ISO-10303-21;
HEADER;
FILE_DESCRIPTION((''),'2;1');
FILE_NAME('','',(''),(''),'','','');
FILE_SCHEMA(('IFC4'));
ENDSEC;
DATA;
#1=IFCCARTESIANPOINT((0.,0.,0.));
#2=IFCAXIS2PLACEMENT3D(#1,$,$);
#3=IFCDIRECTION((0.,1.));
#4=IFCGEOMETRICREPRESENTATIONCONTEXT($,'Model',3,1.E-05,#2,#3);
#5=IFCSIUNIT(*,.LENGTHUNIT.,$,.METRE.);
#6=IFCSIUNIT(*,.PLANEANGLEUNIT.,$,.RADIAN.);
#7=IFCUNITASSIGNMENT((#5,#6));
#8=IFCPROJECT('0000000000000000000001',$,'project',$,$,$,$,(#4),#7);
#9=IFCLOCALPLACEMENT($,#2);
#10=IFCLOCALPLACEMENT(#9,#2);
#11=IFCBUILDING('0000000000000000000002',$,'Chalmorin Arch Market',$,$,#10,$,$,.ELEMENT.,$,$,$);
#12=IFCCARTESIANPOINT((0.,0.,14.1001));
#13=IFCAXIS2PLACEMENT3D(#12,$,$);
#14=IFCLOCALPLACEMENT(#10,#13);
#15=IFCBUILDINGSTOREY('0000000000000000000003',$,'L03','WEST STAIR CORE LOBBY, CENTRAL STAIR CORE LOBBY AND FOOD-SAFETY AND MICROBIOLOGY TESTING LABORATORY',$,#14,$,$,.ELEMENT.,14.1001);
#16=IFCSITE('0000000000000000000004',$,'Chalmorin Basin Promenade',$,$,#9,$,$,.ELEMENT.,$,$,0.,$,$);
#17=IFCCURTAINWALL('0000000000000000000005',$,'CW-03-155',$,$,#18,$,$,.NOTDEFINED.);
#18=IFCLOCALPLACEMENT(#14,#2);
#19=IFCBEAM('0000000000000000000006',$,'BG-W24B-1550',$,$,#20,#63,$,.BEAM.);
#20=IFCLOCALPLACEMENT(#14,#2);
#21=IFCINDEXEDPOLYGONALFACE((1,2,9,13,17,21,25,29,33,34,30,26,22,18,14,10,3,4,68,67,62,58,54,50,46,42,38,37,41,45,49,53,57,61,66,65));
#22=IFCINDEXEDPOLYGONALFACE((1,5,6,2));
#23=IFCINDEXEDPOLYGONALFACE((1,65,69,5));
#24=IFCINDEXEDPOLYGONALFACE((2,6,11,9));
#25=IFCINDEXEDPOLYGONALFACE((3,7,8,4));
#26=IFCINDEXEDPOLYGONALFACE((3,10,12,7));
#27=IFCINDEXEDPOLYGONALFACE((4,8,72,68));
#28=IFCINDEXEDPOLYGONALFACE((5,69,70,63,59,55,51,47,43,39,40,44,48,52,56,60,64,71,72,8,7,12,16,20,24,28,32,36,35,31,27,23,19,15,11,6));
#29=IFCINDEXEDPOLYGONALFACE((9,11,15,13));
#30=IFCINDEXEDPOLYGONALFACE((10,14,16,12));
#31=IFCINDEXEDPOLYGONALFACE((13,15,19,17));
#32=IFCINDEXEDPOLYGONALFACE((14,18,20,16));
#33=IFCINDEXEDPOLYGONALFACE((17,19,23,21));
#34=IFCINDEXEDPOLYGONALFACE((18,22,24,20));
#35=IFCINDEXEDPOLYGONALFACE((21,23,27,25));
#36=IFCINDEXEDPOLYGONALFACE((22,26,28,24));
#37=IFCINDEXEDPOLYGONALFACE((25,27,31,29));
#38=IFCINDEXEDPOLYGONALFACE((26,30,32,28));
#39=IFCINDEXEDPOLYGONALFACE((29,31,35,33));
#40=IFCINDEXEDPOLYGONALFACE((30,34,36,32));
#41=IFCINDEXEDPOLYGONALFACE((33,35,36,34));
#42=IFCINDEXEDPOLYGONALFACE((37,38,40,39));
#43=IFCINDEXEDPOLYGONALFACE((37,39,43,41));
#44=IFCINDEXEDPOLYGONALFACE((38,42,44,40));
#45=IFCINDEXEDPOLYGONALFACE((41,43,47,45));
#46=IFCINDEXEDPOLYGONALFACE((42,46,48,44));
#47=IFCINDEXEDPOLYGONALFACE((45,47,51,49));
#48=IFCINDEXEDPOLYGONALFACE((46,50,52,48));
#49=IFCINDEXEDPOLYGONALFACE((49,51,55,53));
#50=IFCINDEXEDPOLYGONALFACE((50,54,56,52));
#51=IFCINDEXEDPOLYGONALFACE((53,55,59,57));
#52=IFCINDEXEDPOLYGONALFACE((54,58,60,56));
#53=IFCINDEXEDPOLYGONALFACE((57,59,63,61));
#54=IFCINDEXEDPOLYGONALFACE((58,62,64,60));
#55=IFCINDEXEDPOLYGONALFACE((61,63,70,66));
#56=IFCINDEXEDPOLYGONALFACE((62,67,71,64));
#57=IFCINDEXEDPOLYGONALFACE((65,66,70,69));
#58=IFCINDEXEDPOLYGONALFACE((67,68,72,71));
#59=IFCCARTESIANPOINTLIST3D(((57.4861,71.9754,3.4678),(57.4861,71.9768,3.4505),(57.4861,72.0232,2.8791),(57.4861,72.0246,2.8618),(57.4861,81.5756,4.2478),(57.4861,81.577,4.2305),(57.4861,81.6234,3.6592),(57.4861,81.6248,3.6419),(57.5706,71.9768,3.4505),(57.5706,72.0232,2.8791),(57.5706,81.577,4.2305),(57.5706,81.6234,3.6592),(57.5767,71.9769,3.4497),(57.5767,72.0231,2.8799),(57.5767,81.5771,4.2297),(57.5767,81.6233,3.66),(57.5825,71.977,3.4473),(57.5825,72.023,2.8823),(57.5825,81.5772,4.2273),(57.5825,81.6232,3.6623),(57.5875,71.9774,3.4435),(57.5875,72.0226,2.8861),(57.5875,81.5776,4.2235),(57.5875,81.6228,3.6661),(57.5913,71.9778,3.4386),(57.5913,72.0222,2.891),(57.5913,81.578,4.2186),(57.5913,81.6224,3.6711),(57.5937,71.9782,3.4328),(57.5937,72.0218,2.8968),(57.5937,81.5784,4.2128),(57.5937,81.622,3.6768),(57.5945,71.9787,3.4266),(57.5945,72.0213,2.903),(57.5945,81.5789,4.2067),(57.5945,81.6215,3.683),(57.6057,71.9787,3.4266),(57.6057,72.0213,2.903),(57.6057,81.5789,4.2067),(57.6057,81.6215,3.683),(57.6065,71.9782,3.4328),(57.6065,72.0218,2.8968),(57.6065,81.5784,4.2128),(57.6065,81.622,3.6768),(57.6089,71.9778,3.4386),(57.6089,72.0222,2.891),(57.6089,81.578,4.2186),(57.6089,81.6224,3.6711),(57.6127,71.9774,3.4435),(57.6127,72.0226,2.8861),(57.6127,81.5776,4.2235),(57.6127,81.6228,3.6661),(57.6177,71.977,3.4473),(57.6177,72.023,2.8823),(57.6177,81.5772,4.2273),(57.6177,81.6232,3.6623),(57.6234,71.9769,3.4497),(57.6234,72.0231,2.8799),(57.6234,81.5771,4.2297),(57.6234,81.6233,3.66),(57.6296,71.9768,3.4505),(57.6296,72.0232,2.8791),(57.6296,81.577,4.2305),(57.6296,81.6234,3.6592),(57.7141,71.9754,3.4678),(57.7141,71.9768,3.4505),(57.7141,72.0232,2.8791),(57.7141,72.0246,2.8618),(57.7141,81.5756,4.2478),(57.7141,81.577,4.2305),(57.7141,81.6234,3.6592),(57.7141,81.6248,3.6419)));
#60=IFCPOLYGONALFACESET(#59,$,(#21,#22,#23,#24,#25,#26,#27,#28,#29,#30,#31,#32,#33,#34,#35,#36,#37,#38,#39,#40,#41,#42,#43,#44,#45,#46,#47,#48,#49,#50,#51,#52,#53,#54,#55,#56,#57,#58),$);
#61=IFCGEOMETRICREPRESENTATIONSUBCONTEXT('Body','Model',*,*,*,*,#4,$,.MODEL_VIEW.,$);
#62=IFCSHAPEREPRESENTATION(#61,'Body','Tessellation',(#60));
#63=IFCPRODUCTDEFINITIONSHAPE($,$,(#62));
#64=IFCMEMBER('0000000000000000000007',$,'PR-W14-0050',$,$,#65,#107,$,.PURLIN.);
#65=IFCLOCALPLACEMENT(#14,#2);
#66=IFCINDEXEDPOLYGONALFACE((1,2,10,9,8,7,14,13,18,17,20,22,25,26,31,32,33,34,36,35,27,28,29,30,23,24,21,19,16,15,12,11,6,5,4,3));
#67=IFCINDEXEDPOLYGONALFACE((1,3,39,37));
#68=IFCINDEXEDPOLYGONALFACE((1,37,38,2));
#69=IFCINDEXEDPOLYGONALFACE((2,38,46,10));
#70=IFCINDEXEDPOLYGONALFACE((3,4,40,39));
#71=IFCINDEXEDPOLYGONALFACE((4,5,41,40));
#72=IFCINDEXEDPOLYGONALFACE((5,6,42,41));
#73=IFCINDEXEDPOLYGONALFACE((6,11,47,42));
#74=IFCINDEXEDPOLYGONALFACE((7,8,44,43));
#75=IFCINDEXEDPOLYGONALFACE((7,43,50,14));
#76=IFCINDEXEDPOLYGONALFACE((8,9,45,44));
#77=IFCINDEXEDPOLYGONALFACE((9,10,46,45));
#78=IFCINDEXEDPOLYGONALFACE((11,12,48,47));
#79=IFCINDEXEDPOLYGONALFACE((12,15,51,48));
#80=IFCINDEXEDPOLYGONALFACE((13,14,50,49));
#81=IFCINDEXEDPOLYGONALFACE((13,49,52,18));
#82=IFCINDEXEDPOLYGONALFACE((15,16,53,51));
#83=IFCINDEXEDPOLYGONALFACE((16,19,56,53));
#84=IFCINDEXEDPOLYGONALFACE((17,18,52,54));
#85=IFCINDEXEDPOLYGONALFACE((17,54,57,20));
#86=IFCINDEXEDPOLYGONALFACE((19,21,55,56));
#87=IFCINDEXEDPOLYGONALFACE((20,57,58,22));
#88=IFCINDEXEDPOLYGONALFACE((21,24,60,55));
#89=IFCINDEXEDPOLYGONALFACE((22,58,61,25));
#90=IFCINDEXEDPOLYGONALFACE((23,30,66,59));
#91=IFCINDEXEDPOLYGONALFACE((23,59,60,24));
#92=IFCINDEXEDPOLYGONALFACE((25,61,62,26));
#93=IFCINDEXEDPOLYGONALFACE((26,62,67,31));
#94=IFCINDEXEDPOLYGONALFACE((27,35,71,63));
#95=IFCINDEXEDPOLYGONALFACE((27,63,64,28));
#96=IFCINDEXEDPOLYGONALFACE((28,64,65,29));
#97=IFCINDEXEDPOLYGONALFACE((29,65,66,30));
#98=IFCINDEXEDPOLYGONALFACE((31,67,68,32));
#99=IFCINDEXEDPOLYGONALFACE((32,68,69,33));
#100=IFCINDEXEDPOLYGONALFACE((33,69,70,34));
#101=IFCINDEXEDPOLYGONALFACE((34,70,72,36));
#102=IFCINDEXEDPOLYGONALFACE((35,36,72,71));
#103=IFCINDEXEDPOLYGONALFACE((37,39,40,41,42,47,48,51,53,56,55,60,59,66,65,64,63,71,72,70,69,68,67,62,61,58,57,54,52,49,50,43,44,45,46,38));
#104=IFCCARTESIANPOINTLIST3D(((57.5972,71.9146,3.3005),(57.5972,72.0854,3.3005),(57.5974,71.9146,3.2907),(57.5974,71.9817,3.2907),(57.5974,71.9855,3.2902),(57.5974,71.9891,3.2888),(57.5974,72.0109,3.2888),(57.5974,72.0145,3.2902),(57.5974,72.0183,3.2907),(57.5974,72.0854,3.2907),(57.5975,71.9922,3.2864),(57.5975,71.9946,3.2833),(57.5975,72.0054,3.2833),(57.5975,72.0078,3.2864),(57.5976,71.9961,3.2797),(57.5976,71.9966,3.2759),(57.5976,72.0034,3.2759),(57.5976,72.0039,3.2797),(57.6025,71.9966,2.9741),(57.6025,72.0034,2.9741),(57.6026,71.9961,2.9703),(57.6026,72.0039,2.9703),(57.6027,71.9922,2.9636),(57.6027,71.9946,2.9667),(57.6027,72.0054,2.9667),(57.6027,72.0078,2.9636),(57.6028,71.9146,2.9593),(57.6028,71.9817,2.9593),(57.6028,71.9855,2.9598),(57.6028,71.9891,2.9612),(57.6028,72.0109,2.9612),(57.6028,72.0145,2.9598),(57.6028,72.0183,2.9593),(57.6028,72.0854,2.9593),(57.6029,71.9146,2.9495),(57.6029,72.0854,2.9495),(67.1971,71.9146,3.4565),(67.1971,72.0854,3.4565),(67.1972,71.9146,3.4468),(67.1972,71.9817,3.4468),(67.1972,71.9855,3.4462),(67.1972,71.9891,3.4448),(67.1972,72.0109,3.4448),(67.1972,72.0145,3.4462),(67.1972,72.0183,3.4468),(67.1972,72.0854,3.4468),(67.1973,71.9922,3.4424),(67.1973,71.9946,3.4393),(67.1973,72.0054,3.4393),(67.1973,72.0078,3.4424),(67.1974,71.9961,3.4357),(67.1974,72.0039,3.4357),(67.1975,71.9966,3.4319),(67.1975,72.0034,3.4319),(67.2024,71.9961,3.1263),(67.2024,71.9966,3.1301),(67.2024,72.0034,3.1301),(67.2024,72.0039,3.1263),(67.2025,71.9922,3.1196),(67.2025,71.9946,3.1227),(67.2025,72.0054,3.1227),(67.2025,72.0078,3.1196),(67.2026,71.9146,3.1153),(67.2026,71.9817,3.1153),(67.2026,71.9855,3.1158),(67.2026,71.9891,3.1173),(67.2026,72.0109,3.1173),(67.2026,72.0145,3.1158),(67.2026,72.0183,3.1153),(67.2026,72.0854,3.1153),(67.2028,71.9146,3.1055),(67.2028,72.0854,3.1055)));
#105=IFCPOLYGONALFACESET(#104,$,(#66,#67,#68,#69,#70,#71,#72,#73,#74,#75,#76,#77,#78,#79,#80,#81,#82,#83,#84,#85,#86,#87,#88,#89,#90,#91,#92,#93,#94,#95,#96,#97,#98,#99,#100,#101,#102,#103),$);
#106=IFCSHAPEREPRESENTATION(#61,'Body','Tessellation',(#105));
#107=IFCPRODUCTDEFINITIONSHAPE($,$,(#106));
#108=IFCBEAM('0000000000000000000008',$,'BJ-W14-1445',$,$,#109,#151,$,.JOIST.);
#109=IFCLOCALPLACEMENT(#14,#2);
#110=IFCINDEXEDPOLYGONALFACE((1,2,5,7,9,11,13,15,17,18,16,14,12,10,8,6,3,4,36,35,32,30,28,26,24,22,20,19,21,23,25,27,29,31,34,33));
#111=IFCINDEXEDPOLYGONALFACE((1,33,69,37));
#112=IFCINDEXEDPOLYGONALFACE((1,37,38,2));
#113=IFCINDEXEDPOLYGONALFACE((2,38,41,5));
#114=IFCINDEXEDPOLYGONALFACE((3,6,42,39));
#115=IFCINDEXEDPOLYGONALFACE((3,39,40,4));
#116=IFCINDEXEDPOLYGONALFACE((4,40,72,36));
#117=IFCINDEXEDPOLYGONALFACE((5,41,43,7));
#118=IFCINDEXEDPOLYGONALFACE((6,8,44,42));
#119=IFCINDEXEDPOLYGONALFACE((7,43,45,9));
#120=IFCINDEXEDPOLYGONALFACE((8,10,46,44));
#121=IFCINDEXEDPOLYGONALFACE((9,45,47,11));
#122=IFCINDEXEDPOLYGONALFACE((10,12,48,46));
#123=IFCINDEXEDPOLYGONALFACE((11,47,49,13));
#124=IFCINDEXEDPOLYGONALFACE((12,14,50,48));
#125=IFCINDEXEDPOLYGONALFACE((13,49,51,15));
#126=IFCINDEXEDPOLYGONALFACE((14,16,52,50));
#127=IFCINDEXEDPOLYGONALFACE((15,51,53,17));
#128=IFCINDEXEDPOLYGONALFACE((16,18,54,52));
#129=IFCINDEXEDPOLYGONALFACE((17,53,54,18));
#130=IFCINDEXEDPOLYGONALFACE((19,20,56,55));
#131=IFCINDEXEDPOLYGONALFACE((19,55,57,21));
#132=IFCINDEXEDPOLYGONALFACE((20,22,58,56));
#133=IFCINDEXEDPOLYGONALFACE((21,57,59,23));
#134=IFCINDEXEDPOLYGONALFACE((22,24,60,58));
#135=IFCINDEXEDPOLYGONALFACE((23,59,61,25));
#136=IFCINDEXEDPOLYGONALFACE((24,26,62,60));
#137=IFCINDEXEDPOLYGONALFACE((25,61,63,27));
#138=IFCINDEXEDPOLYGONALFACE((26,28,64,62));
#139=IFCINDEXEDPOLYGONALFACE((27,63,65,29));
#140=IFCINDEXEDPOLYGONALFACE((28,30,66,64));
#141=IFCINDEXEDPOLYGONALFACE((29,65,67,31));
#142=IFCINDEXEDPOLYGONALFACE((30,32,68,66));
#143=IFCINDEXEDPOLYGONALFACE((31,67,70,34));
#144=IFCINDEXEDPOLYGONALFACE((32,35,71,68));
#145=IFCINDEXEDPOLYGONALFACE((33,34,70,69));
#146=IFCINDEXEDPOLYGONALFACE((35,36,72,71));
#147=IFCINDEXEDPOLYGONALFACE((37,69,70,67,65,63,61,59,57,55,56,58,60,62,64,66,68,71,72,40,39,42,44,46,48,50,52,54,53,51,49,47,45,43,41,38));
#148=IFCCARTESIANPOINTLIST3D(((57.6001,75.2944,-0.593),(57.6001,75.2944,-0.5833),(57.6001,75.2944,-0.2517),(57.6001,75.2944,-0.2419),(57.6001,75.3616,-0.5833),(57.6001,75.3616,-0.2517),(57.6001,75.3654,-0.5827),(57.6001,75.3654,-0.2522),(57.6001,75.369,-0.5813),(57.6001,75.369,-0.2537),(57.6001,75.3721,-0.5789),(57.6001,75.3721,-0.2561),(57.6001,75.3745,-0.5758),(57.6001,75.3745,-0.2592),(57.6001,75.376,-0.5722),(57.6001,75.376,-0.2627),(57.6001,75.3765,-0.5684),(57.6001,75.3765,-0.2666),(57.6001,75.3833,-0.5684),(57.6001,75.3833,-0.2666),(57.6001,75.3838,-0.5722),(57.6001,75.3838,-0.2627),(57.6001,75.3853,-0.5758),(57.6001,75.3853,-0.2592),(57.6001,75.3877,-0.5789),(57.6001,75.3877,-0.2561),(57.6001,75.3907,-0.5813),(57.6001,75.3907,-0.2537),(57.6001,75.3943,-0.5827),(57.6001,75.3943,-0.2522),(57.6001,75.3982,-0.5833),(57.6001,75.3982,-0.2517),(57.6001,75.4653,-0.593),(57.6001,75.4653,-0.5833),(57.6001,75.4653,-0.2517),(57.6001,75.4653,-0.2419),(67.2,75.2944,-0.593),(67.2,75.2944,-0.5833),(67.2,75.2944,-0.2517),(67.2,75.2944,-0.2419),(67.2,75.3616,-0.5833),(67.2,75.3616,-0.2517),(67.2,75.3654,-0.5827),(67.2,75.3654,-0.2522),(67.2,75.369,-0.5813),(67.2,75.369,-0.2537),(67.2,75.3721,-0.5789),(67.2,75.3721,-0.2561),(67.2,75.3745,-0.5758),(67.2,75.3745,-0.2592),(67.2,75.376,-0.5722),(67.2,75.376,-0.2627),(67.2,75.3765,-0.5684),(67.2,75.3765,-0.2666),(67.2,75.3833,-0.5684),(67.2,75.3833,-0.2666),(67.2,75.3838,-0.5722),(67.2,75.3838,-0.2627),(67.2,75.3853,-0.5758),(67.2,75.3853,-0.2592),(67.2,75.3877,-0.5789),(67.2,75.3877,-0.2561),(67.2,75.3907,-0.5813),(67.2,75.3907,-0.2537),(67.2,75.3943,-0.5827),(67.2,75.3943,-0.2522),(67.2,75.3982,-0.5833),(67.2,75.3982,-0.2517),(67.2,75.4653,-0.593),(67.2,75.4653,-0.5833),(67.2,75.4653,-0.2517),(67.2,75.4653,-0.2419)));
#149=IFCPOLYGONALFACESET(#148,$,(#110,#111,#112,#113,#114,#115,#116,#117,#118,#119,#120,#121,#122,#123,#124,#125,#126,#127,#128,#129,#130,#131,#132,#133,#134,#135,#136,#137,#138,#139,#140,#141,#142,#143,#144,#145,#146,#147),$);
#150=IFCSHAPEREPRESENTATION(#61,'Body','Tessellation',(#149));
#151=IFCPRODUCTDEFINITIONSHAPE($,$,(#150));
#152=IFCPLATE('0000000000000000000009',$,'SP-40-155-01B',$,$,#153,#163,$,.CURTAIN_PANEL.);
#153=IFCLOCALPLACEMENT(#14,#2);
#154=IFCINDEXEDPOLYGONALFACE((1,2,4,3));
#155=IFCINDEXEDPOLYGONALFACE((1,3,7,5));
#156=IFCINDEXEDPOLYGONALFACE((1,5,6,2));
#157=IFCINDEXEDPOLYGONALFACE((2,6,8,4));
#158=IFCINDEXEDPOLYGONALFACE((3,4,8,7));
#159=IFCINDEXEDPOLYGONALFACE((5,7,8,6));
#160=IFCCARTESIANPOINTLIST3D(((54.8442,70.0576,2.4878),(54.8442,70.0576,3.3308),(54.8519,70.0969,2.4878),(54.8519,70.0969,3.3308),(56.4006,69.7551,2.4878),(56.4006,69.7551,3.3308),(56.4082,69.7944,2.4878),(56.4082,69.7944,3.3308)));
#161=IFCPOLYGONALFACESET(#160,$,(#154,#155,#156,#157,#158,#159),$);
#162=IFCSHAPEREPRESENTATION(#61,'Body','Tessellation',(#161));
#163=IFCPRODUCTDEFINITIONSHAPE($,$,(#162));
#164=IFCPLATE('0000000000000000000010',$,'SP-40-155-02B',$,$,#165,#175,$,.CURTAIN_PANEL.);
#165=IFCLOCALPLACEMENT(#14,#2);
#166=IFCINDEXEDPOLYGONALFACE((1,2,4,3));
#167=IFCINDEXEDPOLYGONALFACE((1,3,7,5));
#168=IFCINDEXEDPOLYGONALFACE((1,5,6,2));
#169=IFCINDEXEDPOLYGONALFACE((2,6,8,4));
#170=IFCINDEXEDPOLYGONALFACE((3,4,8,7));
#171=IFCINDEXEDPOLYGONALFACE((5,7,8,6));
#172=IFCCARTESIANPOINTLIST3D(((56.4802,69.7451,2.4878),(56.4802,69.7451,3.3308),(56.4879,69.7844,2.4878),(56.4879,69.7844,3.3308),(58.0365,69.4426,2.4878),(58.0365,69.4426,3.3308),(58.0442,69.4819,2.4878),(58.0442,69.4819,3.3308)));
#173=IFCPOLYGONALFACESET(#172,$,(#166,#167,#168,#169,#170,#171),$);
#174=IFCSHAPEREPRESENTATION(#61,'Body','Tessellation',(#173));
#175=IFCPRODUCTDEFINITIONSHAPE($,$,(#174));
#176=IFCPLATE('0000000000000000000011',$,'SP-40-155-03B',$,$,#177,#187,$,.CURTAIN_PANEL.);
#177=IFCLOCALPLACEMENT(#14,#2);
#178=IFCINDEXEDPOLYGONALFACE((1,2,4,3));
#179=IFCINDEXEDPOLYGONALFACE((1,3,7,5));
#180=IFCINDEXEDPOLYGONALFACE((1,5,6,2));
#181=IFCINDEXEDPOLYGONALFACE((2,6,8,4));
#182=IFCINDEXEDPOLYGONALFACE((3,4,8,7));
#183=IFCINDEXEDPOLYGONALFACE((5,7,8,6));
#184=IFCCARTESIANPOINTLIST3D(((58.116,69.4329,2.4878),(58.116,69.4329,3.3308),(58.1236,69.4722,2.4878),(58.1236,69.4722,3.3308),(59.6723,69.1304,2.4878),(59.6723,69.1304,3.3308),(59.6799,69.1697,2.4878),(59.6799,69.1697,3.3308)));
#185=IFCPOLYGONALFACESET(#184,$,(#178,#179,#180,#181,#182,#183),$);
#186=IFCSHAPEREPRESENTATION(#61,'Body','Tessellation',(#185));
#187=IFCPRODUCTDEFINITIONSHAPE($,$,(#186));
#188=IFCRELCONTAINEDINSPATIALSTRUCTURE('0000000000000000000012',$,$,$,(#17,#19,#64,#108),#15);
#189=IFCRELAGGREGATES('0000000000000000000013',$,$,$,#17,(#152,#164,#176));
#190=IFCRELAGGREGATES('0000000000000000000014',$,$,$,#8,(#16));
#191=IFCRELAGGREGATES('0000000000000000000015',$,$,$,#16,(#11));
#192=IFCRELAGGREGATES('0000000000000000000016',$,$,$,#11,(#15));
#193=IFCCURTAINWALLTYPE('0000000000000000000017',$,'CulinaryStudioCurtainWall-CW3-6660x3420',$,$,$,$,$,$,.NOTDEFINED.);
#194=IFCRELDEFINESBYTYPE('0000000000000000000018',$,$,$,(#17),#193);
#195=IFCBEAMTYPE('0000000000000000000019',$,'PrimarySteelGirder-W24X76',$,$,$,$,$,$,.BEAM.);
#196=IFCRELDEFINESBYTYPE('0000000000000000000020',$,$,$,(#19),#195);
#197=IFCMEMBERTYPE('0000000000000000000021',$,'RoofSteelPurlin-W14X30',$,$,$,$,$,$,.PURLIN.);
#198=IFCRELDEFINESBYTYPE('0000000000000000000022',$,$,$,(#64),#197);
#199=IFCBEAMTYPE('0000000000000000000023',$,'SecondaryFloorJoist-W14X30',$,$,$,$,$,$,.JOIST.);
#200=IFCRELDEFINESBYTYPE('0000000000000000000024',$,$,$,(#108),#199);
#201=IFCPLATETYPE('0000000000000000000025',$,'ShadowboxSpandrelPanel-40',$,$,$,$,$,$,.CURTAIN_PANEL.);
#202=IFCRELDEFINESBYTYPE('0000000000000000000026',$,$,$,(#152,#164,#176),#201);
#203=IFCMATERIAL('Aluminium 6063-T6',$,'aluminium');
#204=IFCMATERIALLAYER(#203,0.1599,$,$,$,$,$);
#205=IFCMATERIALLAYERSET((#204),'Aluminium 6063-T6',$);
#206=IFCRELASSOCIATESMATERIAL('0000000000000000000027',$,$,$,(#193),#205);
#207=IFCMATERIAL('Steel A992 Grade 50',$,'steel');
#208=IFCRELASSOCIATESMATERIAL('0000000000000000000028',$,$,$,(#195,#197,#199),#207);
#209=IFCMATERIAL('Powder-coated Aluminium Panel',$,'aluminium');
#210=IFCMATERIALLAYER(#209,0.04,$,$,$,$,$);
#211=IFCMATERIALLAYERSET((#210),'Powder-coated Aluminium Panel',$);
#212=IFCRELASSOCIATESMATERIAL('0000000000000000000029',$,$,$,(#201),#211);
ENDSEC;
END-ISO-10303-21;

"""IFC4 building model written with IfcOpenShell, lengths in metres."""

from ifc_helpers import new_model, si_unit, direction, frame, origin, origin_2d, place, context, subcontext, project, spatial, rectangle, i_section, extrude, material, layer, layer_set, material_profile, profile_set, type_object, element, aggregate, save


model = new_model("IFC4")

# Units and contexts
model_context = context("Model", 3, precision=1e-05, world=origin(), true_north=direction((0.0, 1.0)))
body_context = subcontext(model_context, "Body", "Model", "MODEL_VIEW")
ifc_project = project(units=[si_unit("LENGTHUNIT", "METRE"), si_unit("PLANEANGLEUNIT", "RADIAN")], contexts=[model_context])

# Site, building, storey
site_placement = place(None, origin())
site = spatial("IfcSite", under=ifc_project, at=site_placement, Name="Chalmorin Basin Promenade", CompositionType="ELEMENT", RefElevation=0.0)
building_placement = place(site_placement, origin())
building = spatial("IfcBuilding", under=site, at=building_placement, Name="Chalmorin Arch Market", CompositionType="ELEMENT")
storey_placement = place(building_placement, frame((0.0, 0.0, 14.1001)))
storey = spatial("IfcBuildingStorey", under=building, at=storey_placement, Name="L03", Description="WEST STAIR CORE LOBBY, CENTRAL STAIR CORE LOBBY AND FOOD-SAFETY AND MICROBIOLOGY TESTING LABORATORY", CompositionType="ELEMENT", Elevation=14.1001)

# Curtain wall
ifc_material_1 = material(Name="Aluminium 6063-T6", Category="aluminium")
ifc_layer_1 = layer(ifc_material_1, 0.1599)
ifc_layer_set_1 = layer_set([ifc_layer_1], Name="Aluminium 6063-T6")
curtain_wall_type = type_object("IfcCurtainWallType", Name="CulinaryStudioCurtainWall-CW3-6660x3420", PredefinedType="NOTDEFINED", material=ifc_layer_set_1)
curtain_wall_placement = place(storey_placement, origin())
curtain_wall = element("IfcCurtainWall", 1, at=curtain_wall_placement, inside=storey, type_object=curtain_wall_type, Name="CW-03-155", PredefinedType="NOTDEFINED")

# Beam
ifc_material_2 = material(Name="Steel A992 Grade 50", Category="steel")
ifc_material_profile_1 = material_profile(ifc_material_2, i_section(OverallWidth=0.228, OverallDepth=0.6079, WebThickness=0.0112, FlangeThickness=0.0173, FilletRadius=0.0239, at=origin_2d()), Name="W24X76")
ifc_profile_set_1 = profile_set([ifc_material_profile_1], Name="Steel A992 Grade 50")
beam_type_1 = type_object("IfcBeamType", Name="PrimarySteelGirder-W24X76", PredefinedType="BEAM", material=ifc_profile_set_1)
beam_1_placement = place(storey_placement, frame((57.6001, 72.0, 3.1648), z_axis=(0.0, 0.996715, 0.080985), x_axis=(-1.0, 0.0, 0.0)))
element("IfcBeam", 2, at=beam_1_placement, inside=storey, type_object=beam_type_1, Name="BG-W24B-1550", PredefinedType="BEAM", context=body_context, shape_type="SweptSolid", body=[
    extrude(i_section(OverallWidth=0.228, OverallDepth=0.6079, WebThickness=0.0112, FlangeThickness=0.0173, FilletRadius=0.0239, at=origin_2d()), origin(), (0.0, 0.0, 1.0), 9.6318),
])

# Member
ifc_material_profile_2 = material_profile(ifc_material_2, i_section(OverallWidth=0.1709, OverallDepth=0.3511, WebThickness=0.0068, FlangeThickness=0.0098, FilletRadius=0.0149, at=origin_2d()), Name="W14X30")
ifc_profile_set_2 = profile_set([ifc_material_profile_2], Name="Steel A992 Grade 50")
member_type_1 = type_object("IfcMemberType", Name="RoofSteelPurlin-W14X30", PredefinedType="PURLIN", material=ifc_profile_set_2)
member_1_placement = place(storey_placement, frame((57.6001, 72.0, 3.125), z_axis=(0.999868, 0.0, 0.016249), x_axis=(0.0, 1.0, 0.0)))
element("IfcMember", 3, at=member_1_placement, inside=storey, type_object=member_type_1, Name="PR-W14-0050", PredefinedType="PURLIN", context=body_context, shape_type="SweptSolid", body=[
    extrude(i_section(OverallWidth=0.1709, OverallDepth=0.3511, WebThickness=0.0068, FlangeThickness=0.0098, FilletRadius=0.0149, at=origin_2d()), origin(), (0.0, 0.0, 1.0), 9.6011),
])

# Beam
ifc_material_profile_3 = material_profile(ifc_material_2, i_section(OverallWidth=0.1709, OverallDepth=0.3511, WebThickness=0.0068, FlangeThickness=0.0098, FilletRadius=0.0149, at=origin_2d()), Name="W14X30")
ifc_profile_set_3 = profile_set([ifc_material_profile_3], Name="Steel A992 Grade 50")
beam_type_2 = type_object("IfcBeamType", Name="SecondaryFloorJoist-W14X30", PredefinedType="JOIST", material=ifc_profile_set_3)
beam_2_placement = place(storey_placement, frame((57.6001, 75.3799, -0.4175), z_axis=(1.0, 0.0, 0.0), x_axis=(0.0, 1.0, 0.0)))
element("IfcBeam", 4, at=beam_2_placement, inside=storey, type_object=beam_type_2, Name="BJ-W14-1445", PredefinedType="JOIST", context=body_context, shape_type="SweptSolid", body=[
    extrude(i_section(OverallWidth=0.1709, OverallDepth=0.3511, WebThickness=0.0068, FlangeThickness=0.0098, FilletRadius=0.0149, at=origin_2d()), origin(), (0.0, 0.0, 1.0), 9.5999),
])

# Plates
ifc_material_3 = material(Name="Powder-coated Aluminium Panel", Category="aluminium")
ifc_layer_2 = layer(ifc_material_3, 0.04)
ifc_layer_set_2 = layer_set([ifc_layer_2], Name="Powder-coated Aluminium Panel")
plate_type_1 = type_object("IfcPlateType", Name="ShadowboxSpandrelPanel-40", PredefinedType="CURTAIN_PANEL", material=ifc_layer_set_2)
plate_1_placement = place(storey_placement, frame((55.6262, 69.926, 2.4878), z_axis=(0.0, 0.0, 1.0), x_axis=(0.981627, -0.190809, 0.0)))
plate_1 = element("IfcPlate", 5, at=plate_1_placement, type_object=plate_type_1, Name="SP-40-155-01B", PredefinedType="CURTAIN_PANEL", context=body_context, shape_type="SweptSolid", body=[
    extrude(rectangle(XDim=1.5854, YDim=0.04, at=origin_2d()), origin(), (0.0, 0.0, 1.0), 0.843),
])
plate_2_placement = place(storey_placement, frame((57.2622, 69.6135, 2.4878), z_axis=(0.0, 0.0, 1.0), x_axis=(0.981627, -0.190809, 0.0)))
plate_2 = element("IfcPlate", 6, at=plate_2_placement, type_object=plate_type_1, Name="SP-40-155-02B", PredefinedType="CURTAIN_PANEL", context=body_context, shape_type="SweptSolid", body=[
    extrude(rectangle(XDim=1.5854, YDim=0.04, at=origin_2d()), origin(), (0.0, 0.0, 1.0), 0.843),
])
plate_3_placement = place(storey_placement, frame((58.8979, 69.3013, 2.4878), z_axis=(0.0, 0.0, 1.0), x_axis=(0.981627, -0.190809, 0.0)))
plate_3 = element("IfcPlate", 7, at=plate_3_placement, type_object=plate_type_1, Name="SP-40-155-03B", PredefinedType="CURTAIN_PANEL", context=body_context, shape_type="SweptSolid", body=[
    extrude(rectangle(XDim=1.5854, YDim=0.04, at=origin_2d()), origin(), (0.0, 0.0, 1.0), 0.843),
])
aggregate(curtain_wall, [plate_1, plate_2, plate_3])

save(model, "model.ifc")
